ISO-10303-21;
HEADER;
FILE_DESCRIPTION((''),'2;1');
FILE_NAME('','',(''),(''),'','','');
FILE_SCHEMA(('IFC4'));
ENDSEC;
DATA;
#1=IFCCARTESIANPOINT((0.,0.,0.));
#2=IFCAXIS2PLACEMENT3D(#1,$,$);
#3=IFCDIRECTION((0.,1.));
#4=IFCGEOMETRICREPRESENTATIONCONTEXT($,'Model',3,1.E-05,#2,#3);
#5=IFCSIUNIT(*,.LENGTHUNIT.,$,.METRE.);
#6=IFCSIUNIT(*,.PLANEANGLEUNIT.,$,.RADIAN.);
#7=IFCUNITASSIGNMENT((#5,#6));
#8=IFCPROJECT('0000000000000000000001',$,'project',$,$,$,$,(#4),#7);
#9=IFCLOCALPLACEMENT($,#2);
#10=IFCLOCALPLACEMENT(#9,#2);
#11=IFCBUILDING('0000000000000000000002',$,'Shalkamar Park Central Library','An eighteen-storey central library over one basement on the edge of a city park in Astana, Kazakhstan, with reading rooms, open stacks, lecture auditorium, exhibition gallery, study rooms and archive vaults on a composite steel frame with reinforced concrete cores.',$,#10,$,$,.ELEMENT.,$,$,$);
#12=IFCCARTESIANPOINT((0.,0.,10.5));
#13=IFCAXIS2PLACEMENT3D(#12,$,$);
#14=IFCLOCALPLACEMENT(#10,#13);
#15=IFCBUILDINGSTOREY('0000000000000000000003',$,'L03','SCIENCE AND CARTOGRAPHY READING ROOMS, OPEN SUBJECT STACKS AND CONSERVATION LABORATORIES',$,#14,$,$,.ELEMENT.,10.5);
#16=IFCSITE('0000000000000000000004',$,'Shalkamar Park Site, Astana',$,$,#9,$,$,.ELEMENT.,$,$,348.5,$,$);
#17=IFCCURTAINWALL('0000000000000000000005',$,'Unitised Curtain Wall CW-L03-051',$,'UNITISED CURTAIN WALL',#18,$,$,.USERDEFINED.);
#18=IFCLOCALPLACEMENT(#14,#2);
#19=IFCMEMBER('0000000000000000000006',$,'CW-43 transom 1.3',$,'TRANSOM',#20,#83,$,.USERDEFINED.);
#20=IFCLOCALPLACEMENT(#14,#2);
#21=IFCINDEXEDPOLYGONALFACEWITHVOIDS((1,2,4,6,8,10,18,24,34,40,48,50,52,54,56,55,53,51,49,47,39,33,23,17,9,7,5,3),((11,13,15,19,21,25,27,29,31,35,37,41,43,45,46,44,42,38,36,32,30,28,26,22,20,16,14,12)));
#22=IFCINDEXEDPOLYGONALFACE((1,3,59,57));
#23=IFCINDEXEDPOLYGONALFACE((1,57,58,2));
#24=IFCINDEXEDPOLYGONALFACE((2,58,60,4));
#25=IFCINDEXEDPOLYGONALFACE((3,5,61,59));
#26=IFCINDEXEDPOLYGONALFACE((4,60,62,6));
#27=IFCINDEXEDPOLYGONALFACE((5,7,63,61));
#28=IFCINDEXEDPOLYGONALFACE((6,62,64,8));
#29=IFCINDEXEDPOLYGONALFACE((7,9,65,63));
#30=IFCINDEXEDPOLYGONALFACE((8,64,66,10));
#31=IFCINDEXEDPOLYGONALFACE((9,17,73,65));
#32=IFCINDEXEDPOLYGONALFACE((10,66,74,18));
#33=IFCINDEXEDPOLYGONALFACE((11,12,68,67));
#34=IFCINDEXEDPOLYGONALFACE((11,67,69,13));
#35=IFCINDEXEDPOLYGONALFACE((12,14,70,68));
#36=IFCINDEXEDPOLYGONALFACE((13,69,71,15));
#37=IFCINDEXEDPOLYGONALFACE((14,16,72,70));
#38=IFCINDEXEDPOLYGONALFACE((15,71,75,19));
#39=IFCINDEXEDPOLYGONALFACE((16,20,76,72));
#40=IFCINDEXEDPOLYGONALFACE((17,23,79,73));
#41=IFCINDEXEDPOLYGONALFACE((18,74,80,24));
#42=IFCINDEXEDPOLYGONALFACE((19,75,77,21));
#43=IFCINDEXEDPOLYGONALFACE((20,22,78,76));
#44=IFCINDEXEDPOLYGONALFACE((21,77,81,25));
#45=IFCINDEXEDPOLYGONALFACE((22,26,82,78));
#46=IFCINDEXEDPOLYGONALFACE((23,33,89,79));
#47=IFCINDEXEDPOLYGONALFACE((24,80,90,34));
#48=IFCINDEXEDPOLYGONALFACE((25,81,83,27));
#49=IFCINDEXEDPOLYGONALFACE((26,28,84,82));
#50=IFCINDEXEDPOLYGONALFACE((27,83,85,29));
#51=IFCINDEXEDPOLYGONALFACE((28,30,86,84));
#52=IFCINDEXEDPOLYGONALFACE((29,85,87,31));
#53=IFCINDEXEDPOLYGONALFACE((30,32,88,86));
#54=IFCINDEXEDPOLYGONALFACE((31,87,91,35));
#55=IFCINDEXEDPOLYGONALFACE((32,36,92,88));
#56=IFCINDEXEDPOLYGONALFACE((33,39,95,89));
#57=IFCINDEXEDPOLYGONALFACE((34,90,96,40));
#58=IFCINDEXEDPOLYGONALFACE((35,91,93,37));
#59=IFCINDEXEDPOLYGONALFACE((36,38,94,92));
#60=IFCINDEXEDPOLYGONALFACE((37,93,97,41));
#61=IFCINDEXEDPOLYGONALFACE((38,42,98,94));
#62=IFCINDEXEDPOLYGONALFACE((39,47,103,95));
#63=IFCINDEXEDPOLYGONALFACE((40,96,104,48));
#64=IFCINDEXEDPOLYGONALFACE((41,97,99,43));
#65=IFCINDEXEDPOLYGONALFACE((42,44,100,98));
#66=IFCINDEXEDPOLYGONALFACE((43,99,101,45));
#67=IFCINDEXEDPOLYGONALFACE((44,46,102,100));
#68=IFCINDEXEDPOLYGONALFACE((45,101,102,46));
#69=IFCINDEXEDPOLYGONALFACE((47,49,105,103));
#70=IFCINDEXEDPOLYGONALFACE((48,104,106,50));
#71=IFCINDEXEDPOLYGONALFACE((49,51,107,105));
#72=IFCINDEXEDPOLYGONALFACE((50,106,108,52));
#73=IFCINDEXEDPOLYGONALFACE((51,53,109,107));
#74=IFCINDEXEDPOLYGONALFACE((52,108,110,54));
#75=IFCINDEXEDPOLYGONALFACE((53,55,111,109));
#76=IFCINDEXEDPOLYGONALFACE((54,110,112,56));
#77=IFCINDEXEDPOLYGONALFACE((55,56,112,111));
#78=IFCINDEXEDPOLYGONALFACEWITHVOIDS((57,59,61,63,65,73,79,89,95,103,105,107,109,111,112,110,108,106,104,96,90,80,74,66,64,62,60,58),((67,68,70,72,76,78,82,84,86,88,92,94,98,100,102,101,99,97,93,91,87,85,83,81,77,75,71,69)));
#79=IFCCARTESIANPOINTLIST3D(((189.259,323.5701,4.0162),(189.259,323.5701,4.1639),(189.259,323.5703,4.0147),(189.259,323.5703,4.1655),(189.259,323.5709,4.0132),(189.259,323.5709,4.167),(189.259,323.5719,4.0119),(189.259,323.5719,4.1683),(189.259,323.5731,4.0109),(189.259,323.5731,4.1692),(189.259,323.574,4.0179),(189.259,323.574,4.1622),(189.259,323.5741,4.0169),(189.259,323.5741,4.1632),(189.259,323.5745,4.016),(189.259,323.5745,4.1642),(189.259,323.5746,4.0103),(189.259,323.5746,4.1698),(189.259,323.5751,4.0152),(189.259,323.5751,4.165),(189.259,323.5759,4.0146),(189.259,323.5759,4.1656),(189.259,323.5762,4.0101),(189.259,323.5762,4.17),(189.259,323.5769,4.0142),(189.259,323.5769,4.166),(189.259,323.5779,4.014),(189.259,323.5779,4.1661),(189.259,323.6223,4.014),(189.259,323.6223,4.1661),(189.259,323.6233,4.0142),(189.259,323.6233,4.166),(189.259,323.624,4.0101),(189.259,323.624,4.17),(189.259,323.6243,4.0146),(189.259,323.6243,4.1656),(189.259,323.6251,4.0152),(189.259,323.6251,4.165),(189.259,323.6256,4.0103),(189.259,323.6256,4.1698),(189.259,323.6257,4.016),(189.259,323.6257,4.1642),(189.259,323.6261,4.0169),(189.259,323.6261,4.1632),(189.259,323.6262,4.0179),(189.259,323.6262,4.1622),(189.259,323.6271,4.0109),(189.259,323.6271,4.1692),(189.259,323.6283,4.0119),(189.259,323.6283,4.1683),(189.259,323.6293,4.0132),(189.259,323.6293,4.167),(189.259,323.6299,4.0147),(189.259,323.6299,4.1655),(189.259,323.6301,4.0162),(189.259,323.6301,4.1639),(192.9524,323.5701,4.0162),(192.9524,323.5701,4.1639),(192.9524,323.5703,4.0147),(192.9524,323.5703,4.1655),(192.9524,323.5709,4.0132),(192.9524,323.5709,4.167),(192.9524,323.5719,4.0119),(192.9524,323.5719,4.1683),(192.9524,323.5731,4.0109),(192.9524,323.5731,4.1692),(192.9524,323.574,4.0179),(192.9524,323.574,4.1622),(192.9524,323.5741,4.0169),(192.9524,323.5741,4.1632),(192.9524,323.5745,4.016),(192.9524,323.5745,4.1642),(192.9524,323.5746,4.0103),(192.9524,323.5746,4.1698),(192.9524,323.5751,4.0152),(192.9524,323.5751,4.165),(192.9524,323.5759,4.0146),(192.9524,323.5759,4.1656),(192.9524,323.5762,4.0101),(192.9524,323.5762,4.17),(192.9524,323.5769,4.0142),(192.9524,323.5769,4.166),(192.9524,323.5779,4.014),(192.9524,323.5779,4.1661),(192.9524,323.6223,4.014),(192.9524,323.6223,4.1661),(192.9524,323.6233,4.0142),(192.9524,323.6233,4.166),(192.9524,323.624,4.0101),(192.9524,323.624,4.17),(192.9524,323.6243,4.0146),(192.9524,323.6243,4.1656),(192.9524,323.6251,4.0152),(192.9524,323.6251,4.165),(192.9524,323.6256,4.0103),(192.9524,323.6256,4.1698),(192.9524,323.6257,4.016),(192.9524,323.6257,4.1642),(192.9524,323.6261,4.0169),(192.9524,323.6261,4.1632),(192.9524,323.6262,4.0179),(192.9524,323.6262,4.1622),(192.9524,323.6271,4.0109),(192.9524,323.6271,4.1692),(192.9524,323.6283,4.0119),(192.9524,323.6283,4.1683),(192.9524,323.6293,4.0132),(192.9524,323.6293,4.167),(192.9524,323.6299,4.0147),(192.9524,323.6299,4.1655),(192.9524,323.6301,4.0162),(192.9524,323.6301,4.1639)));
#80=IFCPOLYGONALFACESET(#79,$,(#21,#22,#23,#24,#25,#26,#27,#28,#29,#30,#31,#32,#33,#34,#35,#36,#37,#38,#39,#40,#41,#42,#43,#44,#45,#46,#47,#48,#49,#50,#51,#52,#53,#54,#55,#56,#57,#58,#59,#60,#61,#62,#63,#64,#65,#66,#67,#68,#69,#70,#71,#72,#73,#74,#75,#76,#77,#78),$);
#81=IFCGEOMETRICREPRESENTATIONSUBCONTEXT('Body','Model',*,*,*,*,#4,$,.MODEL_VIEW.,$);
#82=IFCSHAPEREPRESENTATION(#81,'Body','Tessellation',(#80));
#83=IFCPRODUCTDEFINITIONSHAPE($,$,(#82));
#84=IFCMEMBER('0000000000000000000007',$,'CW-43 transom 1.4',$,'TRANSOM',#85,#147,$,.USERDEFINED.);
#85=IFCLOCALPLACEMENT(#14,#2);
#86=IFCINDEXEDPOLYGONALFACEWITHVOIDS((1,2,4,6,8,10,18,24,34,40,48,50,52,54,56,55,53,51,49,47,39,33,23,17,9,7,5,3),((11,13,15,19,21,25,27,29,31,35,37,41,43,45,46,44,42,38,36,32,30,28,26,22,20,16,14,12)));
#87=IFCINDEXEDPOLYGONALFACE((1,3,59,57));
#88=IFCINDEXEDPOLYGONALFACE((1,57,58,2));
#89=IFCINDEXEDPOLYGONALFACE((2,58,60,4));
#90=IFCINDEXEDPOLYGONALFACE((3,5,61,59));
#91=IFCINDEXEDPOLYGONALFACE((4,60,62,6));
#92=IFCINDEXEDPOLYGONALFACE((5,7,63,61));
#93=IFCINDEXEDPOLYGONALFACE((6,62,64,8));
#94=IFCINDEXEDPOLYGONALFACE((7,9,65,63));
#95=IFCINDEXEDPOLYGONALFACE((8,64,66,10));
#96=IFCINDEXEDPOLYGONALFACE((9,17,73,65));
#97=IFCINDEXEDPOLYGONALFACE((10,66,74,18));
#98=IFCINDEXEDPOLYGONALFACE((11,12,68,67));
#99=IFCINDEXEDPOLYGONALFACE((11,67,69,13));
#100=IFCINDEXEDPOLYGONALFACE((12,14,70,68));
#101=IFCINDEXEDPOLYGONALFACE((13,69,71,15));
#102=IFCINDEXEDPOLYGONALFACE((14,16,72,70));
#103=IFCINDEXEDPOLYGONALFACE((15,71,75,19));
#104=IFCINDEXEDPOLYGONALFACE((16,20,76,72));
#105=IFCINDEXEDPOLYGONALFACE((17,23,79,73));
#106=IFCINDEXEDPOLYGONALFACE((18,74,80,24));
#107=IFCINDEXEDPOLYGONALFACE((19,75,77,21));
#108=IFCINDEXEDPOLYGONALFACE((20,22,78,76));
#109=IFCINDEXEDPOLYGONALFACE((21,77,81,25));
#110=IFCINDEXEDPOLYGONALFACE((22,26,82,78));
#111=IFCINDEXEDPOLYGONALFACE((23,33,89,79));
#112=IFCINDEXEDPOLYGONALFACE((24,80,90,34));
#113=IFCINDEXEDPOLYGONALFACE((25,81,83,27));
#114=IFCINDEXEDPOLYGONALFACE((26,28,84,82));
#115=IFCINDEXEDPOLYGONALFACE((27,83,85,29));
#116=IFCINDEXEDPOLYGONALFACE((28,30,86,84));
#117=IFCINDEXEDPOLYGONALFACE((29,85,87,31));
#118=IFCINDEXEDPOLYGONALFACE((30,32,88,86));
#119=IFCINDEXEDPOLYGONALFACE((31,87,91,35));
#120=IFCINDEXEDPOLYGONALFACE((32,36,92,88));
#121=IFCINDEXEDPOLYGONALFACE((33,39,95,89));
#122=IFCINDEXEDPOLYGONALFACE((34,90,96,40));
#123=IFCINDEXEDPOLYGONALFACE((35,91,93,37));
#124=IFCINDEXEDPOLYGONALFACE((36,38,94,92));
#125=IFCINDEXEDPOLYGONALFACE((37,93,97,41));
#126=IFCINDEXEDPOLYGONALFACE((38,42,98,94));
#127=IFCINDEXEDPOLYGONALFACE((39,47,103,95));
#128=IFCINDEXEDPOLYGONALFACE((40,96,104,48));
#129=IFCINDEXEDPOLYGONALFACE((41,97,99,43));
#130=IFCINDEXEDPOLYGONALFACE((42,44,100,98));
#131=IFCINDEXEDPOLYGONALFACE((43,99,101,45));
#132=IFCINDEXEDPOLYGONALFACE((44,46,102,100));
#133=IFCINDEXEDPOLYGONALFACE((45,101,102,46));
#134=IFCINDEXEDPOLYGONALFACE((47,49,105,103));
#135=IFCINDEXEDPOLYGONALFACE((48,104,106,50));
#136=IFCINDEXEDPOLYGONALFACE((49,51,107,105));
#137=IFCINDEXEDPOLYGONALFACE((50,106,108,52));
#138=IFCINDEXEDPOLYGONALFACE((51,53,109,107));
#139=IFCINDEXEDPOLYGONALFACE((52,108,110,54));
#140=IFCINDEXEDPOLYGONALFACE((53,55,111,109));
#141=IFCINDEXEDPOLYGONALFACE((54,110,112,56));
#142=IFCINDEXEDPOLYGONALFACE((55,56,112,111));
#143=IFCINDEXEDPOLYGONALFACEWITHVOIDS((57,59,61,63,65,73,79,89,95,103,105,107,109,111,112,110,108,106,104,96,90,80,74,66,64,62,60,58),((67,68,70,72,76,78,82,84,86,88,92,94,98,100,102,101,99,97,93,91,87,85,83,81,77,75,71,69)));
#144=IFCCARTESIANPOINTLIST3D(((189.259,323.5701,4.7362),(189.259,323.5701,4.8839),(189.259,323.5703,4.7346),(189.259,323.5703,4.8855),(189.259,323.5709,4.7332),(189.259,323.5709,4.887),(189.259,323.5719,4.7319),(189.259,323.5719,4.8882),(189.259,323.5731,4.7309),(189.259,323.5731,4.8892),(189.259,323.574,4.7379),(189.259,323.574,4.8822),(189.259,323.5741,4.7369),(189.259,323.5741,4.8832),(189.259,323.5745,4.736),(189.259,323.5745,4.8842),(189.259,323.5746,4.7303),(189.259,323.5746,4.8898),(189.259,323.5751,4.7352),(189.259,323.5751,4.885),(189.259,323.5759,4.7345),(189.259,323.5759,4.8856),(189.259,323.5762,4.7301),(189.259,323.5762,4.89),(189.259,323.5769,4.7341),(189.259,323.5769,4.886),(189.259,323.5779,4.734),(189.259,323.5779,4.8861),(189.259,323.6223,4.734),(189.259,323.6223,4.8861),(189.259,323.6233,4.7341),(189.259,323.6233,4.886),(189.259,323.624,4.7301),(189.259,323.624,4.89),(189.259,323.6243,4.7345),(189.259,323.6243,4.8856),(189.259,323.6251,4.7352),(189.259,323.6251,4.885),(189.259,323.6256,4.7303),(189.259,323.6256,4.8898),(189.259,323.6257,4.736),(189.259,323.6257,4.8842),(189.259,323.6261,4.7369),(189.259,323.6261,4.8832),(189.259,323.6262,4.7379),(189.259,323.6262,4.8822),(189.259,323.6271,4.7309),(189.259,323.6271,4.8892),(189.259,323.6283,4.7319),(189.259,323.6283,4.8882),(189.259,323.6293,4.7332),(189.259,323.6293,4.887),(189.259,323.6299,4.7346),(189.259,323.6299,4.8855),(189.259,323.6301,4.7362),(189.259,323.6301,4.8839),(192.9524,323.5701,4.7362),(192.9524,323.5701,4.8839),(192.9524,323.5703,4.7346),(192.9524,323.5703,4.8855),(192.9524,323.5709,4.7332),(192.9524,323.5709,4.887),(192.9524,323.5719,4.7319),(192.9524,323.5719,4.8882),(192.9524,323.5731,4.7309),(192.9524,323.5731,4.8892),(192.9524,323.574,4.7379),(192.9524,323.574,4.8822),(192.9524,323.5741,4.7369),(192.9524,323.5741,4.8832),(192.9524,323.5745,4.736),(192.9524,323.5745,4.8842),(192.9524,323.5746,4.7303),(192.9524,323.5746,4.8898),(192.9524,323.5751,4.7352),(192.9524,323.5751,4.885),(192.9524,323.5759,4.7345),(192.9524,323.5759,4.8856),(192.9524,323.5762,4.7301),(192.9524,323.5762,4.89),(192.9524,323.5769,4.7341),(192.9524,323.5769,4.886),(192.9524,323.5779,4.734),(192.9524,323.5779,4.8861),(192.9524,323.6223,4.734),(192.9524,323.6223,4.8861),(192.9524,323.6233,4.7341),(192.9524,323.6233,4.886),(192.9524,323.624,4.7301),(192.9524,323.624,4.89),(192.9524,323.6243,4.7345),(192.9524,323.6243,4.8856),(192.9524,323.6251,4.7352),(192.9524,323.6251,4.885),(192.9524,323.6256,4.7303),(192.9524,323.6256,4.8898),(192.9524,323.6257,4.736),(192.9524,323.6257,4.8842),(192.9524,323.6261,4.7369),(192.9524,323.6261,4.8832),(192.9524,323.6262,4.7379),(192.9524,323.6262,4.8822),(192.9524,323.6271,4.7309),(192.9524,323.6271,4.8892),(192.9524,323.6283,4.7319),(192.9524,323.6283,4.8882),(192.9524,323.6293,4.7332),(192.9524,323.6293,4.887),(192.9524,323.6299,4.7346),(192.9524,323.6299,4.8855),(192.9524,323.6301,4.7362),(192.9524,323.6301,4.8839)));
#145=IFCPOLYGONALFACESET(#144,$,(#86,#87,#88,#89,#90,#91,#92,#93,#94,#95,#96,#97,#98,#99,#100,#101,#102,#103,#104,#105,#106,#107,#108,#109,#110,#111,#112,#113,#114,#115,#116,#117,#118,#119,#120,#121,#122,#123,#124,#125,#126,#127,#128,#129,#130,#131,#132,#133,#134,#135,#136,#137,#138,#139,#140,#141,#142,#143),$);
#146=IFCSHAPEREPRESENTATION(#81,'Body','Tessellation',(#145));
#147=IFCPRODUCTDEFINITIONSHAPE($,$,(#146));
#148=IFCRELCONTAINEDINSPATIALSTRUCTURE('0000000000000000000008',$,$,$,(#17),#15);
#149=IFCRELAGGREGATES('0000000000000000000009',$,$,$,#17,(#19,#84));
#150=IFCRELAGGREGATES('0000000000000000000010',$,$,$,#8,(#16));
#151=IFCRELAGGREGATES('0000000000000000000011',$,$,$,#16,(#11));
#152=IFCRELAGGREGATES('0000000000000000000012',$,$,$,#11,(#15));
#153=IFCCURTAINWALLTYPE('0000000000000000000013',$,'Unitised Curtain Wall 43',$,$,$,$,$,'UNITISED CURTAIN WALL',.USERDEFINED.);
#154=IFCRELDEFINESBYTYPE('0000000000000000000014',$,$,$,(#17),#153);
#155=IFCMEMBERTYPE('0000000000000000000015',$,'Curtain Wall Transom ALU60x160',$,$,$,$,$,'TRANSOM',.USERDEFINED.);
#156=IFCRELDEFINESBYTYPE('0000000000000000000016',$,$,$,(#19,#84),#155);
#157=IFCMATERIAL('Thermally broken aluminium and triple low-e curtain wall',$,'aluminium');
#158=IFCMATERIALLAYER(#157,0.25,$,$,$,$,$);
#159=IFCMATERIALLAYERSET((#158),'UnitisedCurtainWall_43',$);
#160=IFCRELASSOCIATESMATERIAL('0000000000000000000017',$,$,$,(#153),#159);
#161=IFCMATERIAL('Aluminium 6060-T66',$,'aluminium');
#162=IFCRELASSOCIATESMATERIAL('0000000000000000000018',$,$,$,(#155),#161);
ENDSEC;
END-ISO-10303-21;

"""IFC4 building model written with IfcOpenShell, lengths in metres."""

from ifc_helpers import new_model, si_unit, direction, frame, origin, origin_2d, place, context, subcontext, project, spatial, hollow_rectangle, extrude, material, layer, layer_set, material_profile, profile_set, type_object, element, aggregate, save


model = new_model("IFC4")

# Units and contexts
model_context = context("Model", 3, precision=1e-05, world=origin(), true_north=direction((0.0, 1.0)))
body_context = subcontext(model_context, "Body", "Model", "MODEL_VIEW")
ifc_project = project(units=[si_unit("LENGTHUNIT", "METRE"), si_unit("PLANEANGLEUNIT", "RADIAN")], contexts=[model_context])

# Site, building, storey
site_placement = place(None, origin())
site = spatial("IfcSite", under=ifc_project, at=site_placement, Name="Shalkamar Park Site, Astana", CompositionType="ELEMENT", RefElevation=348.5)
building_placement = place(site_placement, origin())
building = spatial("IfcBuilding", under=site, at=building_placement, Name="Shalkamar Park Central Library", Description="An eighteen-storey central library over one basement on the edge of a city park in Astana, Kazakhstan, with reading rooms, open stacks, lecture auditorium, exhibition gallery, study rooms and archive vaults on a composite steel frame with reinforced concrete cores.", CompositionType="ELEMENT")
storey_placement = place(building_placement, frame((0.0, 0.0, 10.5)))
storey = spatial("IfcBuildingStorey", under=building, at=storey_placement, Name="L03", Description="SCIENCE AND CARTOGRAPHY READING ROOMS, OPEN SUBJECT STACKS AND CONSERVATION LABORATORIES", CompositionType="ELEMENT", Elevation=10.5)

# Curtain wall, members
ifc_material_1 = material(Name="Thermally broken aluminium and triple low-e curtain wall", Category="aluminium")
ifc_layer_1 = layer(ifc_material_1, 0.25)
ifc_layer_set_1 = layer_set([ifc_layer_1], Name="UnitisedCurtainWall_43")
curtain_wall_type = type_object("IfcCurtainWallType", Name="Unitised Curtain Wall 43", ElementType="UNITISED CURTAIN WALL", PredefinedType="USERDEFINED", material=ifc_layer_set_1)
curtain_wall_placement = place(storey_placement, origin())
curtain_wall = element("IfcCurtainWall", 1, at=curtain_wall_placement, inside=storey, type_object=curtain_wall_type, Name="Unitised Curtain Wall CW-L03-051", ObjectType="UNITISED CURTAIN WALL", PredefinedType="USERDEFINED")
ifc_material_2 = material(Name="Aluminium 6060-T66", Category="aluminium")
ifc_material_profile_1 = material_profile(ifc_material_2, hollow_rectangle(XDim=0.0601, YDim=0.1599, WallThickness=0.0039, InnerFilletRadius=0.0039, OuterFilletRadius=0.0061, at=origin_2d()), Name="ALU 60x160x4")
ifc_profile_set_1 = profile_set([ifc_material_profile_1], Name="Aluminium 6060-T66")
member_type_1 = type_object("IfcMemberType", Name="Curtain Wall Transom ALU60x160", ElementType="TRANSOM", PredefinedType="USERDEFINED", material=ifc_profile_set_1)
member_1_placement = place(storey_placement, frame((189.259, 323.6001, 4.0901), z_axis=(1.0, 0.0, 0.0), x_axis=(0.0, 1.0, 0.0)))
member_1 = element("IfcMember", 2, at=member_1_placement, type_object=member_type_1, Name="CW-43 transom 1.3", ObjectType="TRANSOM", PredefinedType="USERDEFINED", context=body_context, shape_type="SweptSolid", body=[
    extrude(hollow_rectangle(XDim=0.0601, YDim=0.1599, WallThickness=0.0039, InnerFilletRadius=0.0039, OuterFilletRadius=0.0061, at=origin_2d()), origin(), (0.0, 0.0, 1.0), 3.6934),
])
member_2_placement = place(storey_placement, frame((189.259, 323.6001, 4.8101), z_axis=(1.0, 0.0, 0.0), x_axis=(0.0, 1.0, 0.0)))
member_2 = element("IfcMember", 3, at=member_2_placement, type_object=member_type_1, Name="CW-43 transom 1.4", ObjectType="TRANSOM", PredefinedType="USERDEFINED", context=body_context, shape_type="SweptSolid", body=[
    extrude(hollow_rectangle(XDim=0.0601, YDim=0.1599, WallThickness=0.0039, InnerFilletRadius=0.0039, OuterFilletRadius=0.0061, at=origin_2d()), origin(), (0.0, 0.0, 1.0), 3.6934),
])

aggregate(curtain_wall, [member_1, member_2])

save(model, "model.ifc")
